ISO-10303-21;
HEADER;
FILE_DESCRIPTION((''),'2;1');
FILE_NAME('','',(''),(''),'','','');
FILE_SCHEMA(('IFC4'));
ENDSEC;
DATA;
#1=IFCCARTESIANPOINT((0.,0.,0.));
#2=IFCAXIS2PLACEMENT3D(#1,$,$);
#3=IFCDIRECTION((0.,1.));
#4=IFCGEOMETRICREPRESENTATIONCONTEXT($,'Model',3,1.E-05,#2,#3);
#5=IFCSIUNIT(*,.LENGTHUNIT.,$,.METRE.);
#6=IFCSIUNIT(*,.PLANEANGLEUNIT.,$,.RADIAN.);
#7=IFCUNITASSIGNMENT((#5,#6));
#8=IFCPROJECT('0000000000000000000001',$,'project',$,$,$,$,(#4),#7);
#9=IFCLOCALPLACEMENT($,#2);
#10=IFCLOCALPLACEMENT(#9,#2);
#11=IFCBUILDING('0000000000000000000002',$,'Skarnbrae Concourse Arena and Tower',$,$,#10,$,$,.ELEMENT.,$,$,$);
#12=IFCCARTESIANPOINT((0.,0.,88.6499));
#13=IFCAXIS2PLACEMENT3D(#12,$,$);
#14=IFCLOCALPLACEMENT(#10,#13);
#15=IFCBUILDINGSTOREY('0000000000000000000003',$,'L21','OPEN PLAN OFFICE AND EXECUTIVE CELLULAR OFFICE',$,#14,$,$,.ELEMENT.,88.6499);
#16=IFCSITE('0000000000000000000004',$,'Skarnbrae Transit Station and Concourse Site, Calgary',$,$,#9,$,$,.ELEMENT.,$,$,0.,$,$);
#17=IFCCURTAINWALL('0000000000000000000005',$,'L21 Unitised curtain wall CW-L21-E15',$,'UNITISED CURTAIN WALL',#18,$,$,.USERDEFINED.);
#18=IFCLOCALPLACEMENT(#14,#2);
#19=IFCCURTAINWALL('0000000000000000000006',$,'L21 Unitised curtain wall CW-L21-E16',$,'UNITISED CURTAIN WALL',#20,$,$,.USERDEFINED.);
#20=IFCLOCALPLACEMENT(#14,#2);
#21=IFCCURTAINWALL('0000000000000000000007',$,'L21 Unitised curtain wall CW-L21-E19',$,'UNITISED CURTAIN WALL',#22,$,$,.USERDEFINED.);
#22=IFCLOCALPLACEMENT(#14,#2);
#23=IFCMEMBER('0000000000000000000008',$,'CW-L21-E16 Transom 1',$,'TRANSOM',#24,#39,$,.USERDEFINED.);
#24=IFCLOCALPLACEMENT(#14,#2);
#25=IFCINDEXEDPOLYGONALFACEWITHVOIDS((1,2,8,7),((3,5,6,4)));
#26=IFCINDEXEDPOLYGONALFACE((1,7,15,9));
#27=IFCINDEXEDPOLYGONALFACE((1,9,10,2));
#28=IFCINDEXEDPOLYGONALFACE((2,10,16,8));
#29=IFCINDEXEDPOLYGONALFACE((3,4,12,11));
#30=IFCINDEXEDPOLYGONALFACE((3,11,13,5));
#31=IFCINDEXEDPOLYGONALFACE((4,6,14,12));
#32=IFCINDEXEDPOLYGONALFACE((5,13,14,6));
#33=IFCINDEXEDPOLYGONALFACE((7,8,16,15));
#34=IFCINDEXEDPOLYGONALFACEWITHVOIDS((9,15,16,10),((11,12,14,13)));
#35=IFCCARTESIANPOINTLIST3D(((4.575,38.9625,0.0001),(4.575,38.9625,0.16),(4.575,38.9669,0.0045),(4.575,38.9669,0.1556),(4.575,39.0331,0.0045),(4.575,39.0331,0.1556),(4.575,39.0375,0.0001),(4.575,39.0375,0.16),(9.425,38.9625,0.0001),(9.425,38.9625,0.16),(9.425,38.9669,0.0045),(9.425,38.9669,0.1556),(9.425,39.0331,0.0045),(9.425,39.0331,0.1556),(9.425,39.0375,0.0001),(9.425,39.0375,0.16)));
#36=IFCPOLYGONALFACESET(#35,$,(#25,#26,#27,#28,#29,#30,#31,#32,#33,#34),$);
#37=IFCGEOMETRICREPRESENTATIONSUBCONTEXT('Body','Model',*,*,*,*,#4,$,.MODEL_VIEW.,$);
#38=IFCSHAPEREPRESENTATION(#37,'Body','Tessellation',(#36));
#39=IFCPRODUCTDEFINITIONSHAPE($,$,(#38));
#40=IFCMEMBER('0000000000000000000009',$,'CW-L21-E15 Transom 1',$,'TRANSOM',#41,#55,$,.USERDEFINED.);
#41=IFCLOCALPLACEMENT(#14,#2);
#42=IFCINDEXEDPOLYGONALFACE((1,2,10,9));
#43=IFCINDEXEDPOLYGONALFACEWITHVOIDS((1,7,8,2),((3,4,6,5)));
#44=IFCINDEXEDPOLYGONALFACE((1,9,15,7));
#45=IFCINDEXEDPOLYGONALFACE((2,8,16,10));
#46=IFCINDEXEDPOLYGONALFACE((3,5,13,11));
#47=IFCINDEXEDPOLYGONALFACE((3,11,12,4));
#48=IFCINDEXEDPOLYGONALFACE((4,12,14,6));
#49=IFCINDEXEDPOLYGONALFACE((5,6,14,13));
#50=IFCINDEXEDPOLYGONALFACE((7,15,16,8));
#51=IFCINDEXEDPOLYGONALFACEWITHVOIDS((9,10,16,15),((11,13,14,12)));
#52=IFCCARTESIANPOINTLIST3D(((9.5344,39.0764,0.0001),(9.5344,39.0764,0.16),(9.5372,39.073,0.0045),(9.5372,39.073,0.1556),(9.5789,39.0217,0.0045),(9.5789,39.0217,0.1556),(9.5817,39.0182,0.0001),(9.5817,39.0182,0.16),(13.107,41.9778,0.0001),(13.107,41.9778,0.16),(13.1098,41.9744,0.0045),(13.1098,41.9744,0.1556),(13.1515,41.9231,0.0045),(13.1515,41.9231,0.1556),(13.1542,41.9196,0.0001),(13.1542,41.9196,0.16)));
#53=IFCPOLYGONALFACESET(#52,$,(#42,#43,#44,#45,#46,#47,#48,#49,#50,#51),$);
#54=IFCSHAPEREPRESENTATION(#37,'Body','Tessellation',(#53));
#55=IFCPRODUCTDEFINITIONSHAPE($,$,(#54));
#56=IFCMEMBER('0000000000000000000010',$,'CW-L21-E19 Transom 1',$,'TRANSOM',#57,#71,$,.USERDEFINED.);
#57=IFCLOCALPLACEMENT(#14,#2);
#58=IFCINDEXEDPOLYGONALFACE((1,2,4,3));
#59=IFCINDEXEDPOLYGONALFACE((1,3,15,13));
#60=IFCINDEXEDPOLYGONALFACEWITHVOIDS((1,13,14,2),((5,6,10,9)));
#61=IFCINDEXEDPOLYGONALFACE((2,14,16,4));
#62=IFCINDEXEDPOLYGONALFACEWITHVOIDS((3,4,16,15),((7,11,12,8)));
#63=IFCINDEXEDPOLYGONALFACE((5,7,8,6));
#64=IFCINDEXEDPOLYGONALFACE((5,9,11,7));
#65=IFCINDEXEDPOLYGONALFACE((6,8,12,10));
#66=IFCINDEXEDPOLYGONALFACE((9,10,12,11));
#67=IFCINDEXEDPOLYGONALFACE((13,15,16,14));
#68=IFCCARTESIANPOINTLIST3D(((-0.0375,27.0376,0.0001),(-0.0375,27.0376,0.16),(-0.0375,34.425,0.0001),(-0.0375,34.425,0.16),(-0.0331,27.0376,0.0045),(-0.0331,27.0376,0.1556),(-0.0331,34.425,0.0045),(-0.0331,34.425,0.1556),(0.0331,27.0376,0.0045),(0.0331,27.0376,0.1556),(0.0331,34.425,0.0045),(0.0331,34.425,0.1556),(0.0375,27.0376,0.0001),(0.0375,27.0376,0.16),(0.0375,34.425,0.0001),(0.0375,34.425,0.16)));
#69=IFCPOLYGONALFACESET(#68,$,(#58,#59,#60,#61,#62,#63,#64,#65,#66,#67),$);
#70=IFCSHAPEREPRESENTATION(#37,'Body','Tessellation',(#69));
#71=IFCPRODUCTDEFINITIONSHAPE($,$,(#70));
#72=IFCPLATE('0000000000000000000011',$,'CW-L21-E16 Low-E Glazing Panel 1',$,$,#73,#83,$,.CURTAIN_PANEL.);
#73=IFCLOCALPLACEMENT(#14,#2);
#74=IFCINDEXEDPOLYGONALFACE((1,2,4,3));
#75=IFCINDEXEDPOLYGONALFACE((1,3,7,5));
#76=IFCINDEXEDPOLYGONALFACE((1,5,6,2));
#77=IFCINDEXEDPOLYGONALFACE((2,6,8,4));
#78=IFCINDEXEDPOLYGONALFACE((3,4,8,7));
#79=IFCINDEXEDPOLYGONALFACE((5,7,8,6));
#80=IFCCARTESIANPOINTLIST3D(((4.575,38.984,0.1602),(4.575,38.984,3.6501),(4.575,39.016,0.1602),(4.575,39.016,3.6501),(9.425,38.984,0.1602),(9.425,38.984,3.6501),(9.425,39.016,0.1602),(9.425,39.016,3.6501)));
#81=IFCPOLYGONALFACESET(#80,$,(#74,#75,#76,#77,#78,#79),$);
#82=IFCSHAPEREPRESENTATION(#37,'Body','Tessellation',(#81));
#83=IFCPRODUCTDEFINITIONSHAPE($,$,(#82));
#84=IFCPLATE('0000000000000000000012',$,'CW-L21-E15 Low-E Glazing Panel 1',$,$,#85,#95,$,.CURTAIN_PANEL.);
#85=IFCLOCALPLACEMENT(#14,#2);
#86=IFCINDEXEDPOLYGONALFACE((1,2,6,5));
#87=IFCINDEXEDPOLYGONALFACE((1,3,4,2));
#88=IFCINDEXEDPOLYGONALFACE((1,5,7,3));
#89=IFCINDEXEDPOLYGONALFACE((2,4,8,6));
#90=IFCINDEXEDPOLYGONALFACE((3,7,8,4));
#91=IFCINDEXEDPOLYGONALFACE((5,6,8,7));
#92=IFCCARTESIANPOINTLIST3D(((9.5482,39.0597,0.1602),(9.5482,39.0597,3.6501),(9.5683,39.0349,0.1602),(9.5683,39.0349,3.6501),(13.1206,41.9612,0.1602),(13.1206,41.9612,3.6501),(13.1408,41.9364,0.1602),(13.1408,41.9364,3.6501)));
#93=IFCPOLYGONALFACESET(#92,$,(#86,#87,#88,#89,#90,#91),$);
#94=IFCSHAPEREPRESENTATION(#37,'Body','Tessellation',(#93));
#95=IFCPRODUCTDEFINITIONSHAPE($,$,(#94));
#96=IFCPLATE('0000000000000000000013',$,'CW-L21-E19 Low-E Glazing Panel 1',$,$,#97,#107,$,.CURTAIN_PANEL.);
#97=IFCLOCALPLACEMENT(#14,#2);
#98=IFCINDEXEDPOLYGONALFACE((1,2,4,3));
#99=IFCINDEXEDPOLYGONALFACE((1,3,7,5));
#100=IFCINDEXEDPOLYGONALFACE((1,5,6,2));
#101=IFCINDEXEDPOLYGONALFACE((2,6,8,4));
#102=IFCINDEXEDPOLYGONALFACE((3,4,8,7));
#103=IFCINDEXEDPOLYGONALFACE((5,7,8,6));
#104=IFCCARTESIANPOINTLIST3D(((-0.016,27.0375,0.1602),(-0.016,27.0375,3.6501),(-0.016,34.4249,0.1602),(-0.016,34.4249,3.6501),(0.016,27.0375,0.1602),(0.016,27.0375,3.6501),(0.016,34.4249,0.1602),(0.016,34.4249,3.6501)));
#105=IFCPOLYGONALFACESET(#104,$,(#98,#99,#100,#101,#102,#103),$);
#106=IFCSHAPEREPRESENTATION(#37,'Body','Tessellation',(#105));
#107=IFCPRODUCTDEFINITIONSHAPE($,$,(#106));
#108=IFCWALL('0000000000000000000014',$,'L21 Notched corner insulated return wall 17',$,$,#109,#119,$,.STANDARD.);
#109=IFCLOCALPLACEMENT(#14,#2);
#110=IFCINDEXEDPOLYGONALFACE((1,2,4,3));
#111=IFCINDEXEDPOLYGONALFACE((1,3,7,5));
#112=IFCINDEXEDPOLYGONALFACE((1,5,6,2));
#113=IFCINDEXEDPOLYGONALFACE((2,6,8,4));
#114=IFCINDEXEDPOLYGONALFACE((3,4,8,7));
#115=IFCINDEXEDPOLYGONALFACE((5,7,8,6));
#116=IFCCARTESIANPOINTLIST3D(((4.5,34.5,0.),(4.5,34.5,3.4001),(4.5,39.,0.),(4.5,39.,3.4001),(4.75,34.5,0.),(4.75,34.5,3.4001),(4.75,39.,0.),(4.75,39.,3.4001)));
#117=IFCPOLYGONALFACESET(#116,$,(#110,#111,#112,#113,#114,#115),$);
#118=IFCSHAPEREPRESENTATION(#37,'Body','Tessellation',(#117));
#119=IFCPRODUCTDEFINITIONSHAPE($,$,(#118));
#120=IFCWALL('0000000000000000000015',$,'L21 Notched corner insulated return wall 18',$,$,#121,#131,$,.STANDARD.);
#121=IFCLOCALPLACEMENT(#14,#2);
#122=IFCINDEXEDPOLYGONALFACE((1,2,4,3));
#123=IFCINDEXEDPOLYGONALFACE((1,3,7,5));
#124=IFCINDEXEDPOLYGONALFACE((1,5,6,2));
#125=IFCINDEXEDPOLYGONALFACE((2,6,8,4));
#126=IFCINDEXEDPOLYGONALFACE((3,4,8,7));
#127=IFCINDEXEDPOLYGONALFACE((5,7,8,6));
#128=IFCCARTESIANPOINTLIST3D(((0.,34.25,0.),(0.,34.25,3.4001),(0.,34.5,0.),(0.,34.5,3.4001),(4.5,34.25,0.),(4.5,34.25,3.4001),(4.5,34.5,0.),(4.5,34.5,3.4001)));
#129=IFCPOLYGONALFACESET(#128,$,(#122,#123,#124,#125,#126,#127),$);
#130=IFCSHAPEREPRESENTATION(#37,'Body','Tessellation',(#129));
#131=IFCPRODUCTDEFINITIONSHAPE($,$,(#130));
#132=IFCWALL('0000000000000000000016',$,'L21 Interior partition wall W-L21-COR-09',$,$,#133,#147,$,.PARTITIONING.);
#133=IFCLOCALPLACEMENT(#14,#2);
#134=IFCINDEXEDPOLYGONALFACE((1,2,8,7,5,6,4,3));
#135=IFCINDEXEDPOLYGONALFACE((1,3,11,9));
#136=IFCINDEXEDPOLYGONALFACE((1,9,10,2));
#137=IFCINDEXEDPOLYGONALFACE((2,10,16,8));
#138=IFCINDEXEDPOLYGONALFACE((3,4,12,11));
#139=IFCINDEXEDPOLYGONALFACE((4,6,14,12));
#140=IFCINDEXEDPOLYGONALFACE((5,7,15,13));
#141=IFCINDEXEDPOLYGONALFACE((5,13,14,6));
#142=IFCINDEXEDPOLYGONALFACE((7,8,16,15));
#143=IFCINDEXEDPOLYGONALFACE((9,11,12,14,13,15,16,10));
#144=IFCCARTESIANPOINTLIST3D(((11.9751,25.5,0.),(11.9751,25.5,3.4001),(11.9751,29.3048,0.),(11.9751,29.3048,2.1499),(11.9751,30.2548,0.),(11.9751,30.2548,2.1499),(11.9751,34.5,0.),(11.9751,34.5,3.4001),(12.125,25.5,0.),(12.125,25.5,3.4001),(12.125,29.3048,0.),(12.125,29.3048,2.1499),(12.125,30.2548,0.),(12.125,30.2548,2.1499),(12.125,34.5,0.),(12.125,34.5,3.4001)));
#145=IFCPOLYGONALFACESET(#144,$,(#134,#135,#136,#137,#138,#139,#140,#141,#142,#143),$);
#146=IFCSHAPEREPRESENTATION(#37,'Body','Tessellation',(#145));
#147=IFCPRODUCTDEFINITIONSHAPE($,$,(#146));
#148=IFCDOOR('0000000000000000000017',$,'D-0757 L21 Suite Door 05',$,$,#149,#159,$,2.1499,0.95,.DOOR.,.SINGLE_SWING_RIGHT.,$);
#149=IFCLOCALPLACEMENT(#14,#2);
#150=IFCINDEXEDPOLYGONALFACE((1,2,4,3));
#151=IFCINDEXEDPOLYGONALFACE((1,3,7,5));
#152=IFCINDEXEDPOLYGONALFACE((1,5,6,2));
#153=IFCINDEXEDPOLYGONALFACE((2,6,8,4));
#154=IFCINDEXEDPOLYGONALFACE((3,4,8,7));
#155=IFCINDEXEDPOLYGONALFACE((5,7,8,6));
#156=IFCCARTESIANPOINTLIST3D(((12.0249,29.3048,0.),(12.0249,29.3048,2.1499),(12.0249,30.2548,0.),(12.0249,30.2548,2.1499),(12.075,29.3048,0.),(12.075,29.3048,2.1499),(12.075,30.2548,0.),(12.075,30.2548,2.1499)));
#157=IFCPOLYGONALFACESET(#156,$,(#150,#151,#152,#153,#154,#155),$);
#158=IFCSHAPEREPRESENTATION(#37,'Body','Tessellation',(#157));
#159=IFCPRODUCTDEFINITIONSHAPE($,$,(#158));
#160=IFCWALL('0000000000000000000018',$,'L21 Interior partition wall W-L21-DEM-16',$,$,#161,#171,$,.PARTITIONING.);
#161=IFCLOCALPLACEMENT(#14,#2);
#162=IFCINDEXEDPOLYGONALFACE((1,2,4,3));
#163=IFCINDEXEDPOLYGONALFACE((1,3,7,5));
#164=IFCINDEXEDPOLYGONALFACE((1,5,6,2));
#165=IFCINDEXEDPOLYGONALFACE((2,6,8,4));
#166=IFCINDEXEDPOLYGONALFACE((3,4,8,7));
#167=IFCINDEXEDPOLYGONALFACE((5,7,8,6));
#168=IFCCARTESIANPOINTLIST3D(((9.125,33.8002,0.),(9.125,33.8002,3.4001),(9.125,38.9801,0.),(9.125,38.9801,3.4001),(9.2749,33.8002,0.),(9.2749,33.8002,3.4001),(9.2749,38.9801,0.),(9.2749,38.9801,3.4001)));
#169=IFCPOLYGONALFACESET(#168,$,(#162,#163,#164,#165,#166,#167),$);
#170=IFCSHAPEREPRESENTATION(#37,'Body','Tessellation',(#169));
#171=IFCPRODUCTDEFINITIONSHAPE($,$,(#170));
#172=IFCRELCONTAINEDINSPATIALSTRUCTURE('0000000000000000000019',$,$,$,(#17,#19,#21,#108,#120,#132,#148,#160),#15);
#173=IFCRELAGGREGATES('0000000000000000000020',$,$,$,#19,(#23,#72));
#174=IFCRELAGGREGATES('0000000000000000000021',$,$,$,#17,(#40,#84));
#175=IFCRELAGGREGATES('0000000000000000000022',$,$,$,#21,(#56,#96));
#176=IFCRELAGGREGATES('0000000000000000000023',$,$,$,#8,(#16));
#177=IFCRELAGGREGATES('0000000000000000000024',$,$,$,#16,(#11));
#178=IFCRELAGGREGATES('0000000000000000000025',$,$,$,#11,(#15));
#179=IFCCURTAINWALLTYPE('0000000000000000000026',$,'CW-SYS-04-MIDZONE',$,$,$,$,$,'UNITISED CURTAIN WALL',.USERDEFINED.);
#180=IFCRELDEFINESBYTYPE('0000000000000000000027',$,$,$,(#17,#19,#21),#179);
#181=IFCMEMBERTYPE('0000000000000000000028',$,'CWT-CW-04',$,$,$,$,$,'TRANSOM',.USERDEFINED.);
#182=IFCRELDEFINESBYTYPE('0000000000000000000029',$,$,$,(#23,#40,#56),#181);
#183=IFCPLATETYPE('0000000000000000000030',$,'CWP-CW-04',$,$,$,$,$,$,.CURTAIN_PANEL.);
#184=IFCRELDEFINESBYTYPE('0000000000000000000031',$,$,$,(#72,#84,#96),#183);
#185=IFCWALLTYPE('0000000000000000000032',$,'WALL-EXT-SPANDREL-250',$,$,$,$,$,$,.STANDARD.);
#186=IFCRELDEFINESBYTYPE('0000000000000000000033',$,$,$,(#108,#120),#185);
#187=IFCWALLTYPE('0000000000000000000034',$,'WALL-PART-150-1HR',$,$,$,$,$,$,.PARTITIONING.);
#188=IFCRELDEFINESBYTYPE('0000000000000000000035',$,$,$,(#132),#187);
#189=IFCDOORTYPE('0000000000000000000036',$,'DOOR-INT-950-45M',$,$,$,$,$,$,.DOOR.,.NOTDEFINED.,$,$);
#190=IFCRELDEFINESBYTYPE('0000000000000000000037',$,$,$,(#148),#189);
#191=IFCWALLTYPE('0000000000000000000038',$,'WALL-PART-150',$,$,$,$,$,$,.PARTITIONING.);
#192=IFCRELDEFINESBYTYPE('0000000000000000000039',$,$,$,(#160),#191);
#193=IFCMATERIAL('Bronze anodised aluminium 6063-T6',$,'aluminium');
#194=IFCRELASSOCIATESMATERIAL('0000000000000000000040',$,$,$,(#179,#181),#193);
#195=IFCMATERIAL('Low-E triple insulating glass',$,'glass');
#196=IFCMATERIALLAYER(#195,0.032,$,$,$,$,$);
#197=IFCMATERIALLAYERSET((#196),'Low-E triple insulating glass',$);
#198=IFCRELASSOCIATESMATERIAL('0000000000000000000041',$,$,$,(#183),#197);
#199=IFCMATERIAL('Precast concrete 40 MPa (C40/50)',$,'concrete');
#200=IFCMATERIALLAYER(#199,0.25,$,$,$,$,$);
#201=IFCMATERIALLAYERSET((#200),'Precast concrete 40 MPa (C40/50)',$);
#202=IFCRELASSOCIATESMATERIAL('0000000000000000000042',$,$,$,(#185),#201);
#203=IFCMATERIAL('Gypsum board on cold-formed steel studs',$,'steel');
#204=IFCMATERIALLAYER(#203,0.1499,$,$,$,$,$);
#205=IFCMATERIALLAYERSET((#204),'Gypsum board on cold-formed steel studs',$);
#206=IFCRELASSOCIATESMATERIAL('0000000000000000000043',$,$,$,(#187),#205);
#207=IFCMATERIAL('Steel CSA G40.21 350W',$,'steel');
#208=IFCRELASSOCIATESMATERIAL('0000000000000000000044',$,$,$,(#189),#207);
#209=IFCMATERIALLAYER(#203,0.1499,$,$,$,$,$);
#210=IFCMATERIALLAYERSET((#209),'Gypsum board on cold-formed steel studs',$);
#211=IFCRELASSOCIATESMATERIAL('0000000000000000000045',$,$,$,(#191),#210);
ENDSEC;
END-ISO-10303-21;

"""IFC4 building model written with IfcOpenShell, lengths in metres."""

from ifc_helpers import new_model, si_unit, direction, frame, frame_2d, origin, origin_2d, place, context, subcontext, project, spatial, rectangle, hollow_rectangle, extrude, source, transform, mapped, material, layer, layer_set, material_profile, profile_set, type_object, element, fill, aggregate, save


model = new_model("IFC4")

# Units and contexts
model_context = context("Model", 3, precision=1e-05, world=origin(), true_north=direction((0.0, 1.0)))
body_context = subcontext(model_context, "Body", "Model", "MODEL_VIEW")
ifc_project = project(units=[si_unit("LENGTHUNIT", "METRE"), si_unit("PLANEANGLEUNIT", "RADIAN")], contexts=[model_context])

# Site, building, storey
site_placement = place(None, origin())
site = spatial("IfcSite", under=ifc_project, at=site_placement, Name="Skarnbrae Transit Station and Concourse Site, Calgary", CompositionType="ELEMENT", RefElevation=0.0)
building_placement = place(site_placement, origin())
building = spatial("IfcBuilding", under=site, at=building_placement, Name="Skarnbrae Concourse Arena and Tower", CompositionType="ELEMENT")
storey_placement = place(building_placement, frame((0.0, 0.0, 88.6499)))
storey = spatial("IfcBuildingStorey", under=building, at=storey_placement, Name="L21", Description="OPEN PLAN OFFICE AND EXECUTIVE CELLULAR OFFICE", CompositionType="ELEMENT", Elevation=88.6499)

# Shared definitions
ifc_material_1 = material(Name="Steel CSA G40.21 350W", Category="steel")

# Shared definitions
ifc_material_2 = material(Name="Bronze anodised aluminium 6063-T6", Category="aluminium")
curtain_wall_type = type_object("IfcCurtainWallType", Name="CW-SYS-04-MIDZONE", ElementType="UNITISED CURTAIN WALL", PredefinedType="USERDEFINED", material=ifc_material_2)

# Curtain walls
curtain_wall_1_placement = place(storey_placement, origin())
curtain_wall_1 = element("IfcCurtainWall", 1, at=curtain_wall_1_placement, inside=storey, type_object=curtain_wall_type, Name="L21 Unitised curtain wall CW-L21-E15", ObjectType="UNITISED CURTAIN WALL", PredefinedType="USERDEFINED")
curtain_wall_2_placement = place(storey_placement, origin())
curtain_wall_2 = element("IfcCurtainWall", 2, at=curtain_wall_2_placement, inside=storey, type_object=curtain_wall_type, Name="L21 Unitised curtain wall CW-L21-E16", ObjectType="UNITISED CURTAIN WALL", PredefinedType="USERDEFINED")

# Curtain wall
curtain_wall_3_placement = place(storey_placement, origin())
curtain_wall_3 = element("IfcCurtainWall", 3, at=curtain_wall_3_placement, inside=storey, type_object=curtain_wall_type, Name="L21 Unitised curtain wall CW-L21-E19", ObjectType="UNITISED CURTAIN WALL", PredefinedType="USERDEFINED")

# Members
ifc_material_profile_1 = material_profile(ifc_material_2, hollow_rectangle(XDim=0.075, YDim=0.1599, WallThickness=0.0044, at=origin_2d()), Name="ALU-TRAN-75X160")
ifc_profile_set_1 = profile_set([ifc_material_profile_1], Name="Bronze anodised aluminium 6063-T6")
member_type_1 = type_object("IfcMemberType", Name="CWT-CW-04", ElementType="TRANSOM", PredefinedType="USERDEFINED", material=ifc_profile_set_1)
shared_shape_1 = source(origin(), body_context, "Body", "SweptSolid", [
    extrude(hollow_rectangle(XDim=0.075, YDim=0.1599, WallThickness=0.0044, at=origin_2d()), origin(), (0.0, 0.0, 1.0), 4.8501),
])
member_1_placement = place(storey_placement, frame((9.425, 39.0, 0.0801), z_axis=(-1.0, 0.0, 0.0), x_axis=(0.0, -1.0, 0.0)))
member_1 = element("IfcMember", 4, at=member_1_placement, type_object=member_type_1, Name="CW-L21-E16 Transom 1", ObjectType="TRANSOM", PredefinedType="USERDEFINED", context=body_context, shape_type="MappedRepresentation", body=[
    mapped(shared_shape_1, transform((0.0, 0.0, 0.0))),
])
shared_shape_2 = source(origin(), body_context, "Body", "SweptSolid", [
    extrude(hollow_rectangle(XDim=0.075, YDim=0.1599, WallThickness=0.0044, at=origin_2d()), origin(), (0.0, 0.0, 1.0), 4.6023),
])
member_2_placement = place(storey_placement, frame((13.1306, 41.9487, 0.0801), z_axis=(-0.776252, -0.630423, 0.0), x_axis=(0.630423, -0.776252, 0.0)))
member_2 = element("IfcMember", 5, at=member_2_placement, type_object=member_type_1, Name="CW-L21-E15 Transom 1", ObjectType="TRANSOM", PredefinedType="USERDEFINED", context=body_context, shape_type="MappedRepresentation", body=[
    mapped(shared_shape_2, transform((0.0, 0.0, 0.0))),
])
shared_shape_3 = source(origin(), body_context, "Body", "SweptSolid", [
    extrude(hollow_rectangle(XDim=0.075, YDim=0.1599, WallThickness=0.0044, at=origin_2d()), origin(), (0.0, 0.0, 1.0), 7.3875),
])
member_3_placement = place(storey_placement, frame((0.0, 34.425, 0.0801), z_axis=(0.0, -1.0, 0.0), x_axis=(1.0, 0.0, 0.0)))
member_3 = element("IfcMember", 6, at=member_3_placement, type_object=member_type_1, Name="CW-L21-E19 Transom 1", ObjectType="TRANSOM", PredefinedType="USERDEFINED", context=body_context, shape_type="MappedRepresentation", body=[
    mapped(shared_shape_3, transform((0.0, 0.0, 0.0))),
])

# Plates
ifc_material_3 = material(Name="Low-E triple insulating glass", Category="glass")
ifc_layer_1 = layer(ifc_material_3, 0.032)
ifc_layer_set_1 = layer_set([ifc_layer_1], Name="Low-E triple insulating glass")
plate_type = type_object("IfcPlateType", Name="CWP-CW-04", PredefinedType="CURTAIN_PANEL", material=ifc_layer_set_1)
shared_shape_4 = source(origin(), body_context, "Body", "SweptSolid", [
    extrude(rectangle(XDim=4.8501, YDim=0.032, at=origin_2d()), origin(), (0.0, 0.0, 1.0), 3.49),
])
plate_1_placement = place(storey_placement, frame((7.0, 39.0, 0.1602), z_axis=(0.0, 0.0, 1.0), x_axis=(-1.0, 0.0, 0.0)))
plate_1 = element("IfcPlate", 7, at=plate_1_placement, type_object=plate_type, Name="CW-L21-E16 Low-E Glazing Panel 1", PredefinedType="CURTAIN_PANEL", context=body_context, shape_type="MappedRepresentation", body=[
    mapped(shared_shape_4, transform((0.0, 0.0, 0.0))),
])
aggregate(curtain_wall_2, [member_1, plate_1])
shared_shape_5 = source(origin(), body_context, "Body", "SweptSolid", [
    extrude(rectangle(XDim=4.6023, YDim=0.032, at=origin_2d()), origin(), (0.0, 0.0, 1.0), 3.49),
])
plate_2_placement = place(storey_placement, frame((11.3445, 40.498, 0.1602), z_axis=(0.0, 0.0, 1.0), x_axis=(-0.776241, -0.630436, 0.0)))
plate_2 = element("IfcPlate", 8, at=plate_2_placement, type_object=plate_type, Name="CW-L21-E15 Low-E Glazing Panel 1", PredefinedType="CURTAIN_PANEL", context=body_context, shape_type="MappedRepresentation", body=[
    mapped(shared_shape_5, transform((0.0, 0.0, 0.0))),
])
aggregate(curtain_wall_1, [member_2, plate_2])
shared_shape_6 = source(origin(), body_context, "Body", "SweptSolid", [
    extrude(rectangle(XDim=7.3875, YDim=0.032, at=origin_2d()), origin(), (0.0, 0.0, 1.0), 3.49),
])
plate_3_placement = place(storey_placement, frame((0.0, 30.7312, 0.1602), z_axis=(0.0, 0.0, 1.0), x_axis=(0.0, -1.0, 0.0)))
plate_3 = element("IfcPlate", 9, at=plate_3_placement, type_object=plate_type, Name="CW-L21-E19 Low-E Glazing Panel 1", PredefinedType="CURTAIN_PANEL", context=body_context, shape_type="MappedRepresentation", body=[
    mapped(shared_shape_6, transform((0.0, 0.0, 0.0))),
])
aggregate(curtain_wall_3, [member_3, plate_3])

# Walls
ifc_material_4 = material(Name="Precast concrete 40 MPa (C40/50)", Category="concrete")
ifc_layer_2 = layer(ifc_material_4, 0.25)
ifc_layer_set_2 = layer_set([ifc_layer_2], Name="Precast concrete 40 MPa (C40/50)")
wall_type_1 = type_object("IfcWallType", Name="WALL-EXT-SPANDREL-250", PredefinedType="STANDARD", material=ifc_layer_set_2)
shared_shape_7 = source(origin(), body_context, "Body", "SweptSolid", [
    extrude(rectangle(XDim=4.5, YDim=0.25, at=frame_2d((2.25, 0.0))), origin(), (0.0, 0.0, 1.0), 3.4001),
])
for number, where, z_axis, x_axis, name in (
    (10, (4.625, 39.0, 0.0), (0.0, 0.0, 1.0), (0.0, -1.0, 0.0), "L21 Notched corner insulated return wall 17"),
    (11, (4.5, 34.375, 0.0), (0.0, 0.0, 1.0), (-1.0, 0.0, 0.0), "L21 Notched corner insulated return wall 18"),
):
    element("IfcWall", number, at=place(storey_placement, frame(where, z_axis=z_axis, x_axis=x_axis)), inside=storey, type_object=wall_type_1, Name=name, PredefinedType="STANDARD", context=body_context, shape_type="MappedRepresentation", body=[
        mapped(shared_shape_7, transform((0.0, 0.0, 0.0))),
    ])

# Wall, opening, door
ifc_material_5 = material(Name="Gypsum board on cold-formed steel studs", Category="steel")
ifc_layer_3 = layer(ifc_material_5, 0.1499)
ifc_layer_set_3 = layer_set([ifc_layer_3], Name="Gypsum board on cold-formed steel studs")
wall_type_2 = type_object("IfcWallType", Name="WALL-PART-150-1HR", PredefinedType="PARTITIONING", material=ifc_layer_set_3)
shared_shape_8 = source(origin(), body_context, "Body", "SweptSolid", [
    extrude(rectangle(XDim=9.0, YDim=0.1499, at=frame_2d((4.5, 0.0))), origin(), (0.0, 0.0, 1.0), 3.4001),
])
wall_1_placement = place(storey_placement, frame((12.05, 34.5, 0.0), z_axis=(0.0, 0.0, 1.0), x_axis=(0.0, -1.0, 0.0)))
wall_1 = element("IfcWall", 12, at=wall_1_placement, inside=storey, type_object=wall_type_2, Name="L21 Interior partition wall W-L21-COR-09", PredefinedType="PARTITIONING", context=body_context, shape_type="MappedRepresentation", body=[
    mapped(shared_shape_8, transform((0.0, 0.0, 0.0))),
])
opening_1_placement = place(wall_1_placement, frame((4.2451, 0.0, 0.0)))
opening_1 = element("IfcOpeningElement", 13, at=opening_1_placement, cuts=wall_1, PredefinedType="OPENING", context=body_context, shape_type="SweptSolid", body=[
    extrude(rectangle(XDim=0.95, YDim=2.1499, at=frame_2d((0.4751, 1.075))), frame((0.0, 0.085, 0.0), z_axis=(0.0, -1.0, 0.0), x_axis=(1.0, 0.0, 0.0)), (0.0, 0.0, 1.0), 0.1699),
])
door_type = type_object("IfcDoorType", Name="DOOR-INT-950-45M", OperationType="NOTDEFINED", PredefinedType="DOOR", material=ifc_material_1)
shared_shape_9 = source(origin(), body_context, "Body", "SweptSolid", [
    extrude(rectangle(XDim=0.95, YDim=2.1499, at=frame_2d((0.4751, 1.075))), frame((0.0, 0.0249, 0.0), z_axis=(0.0, -1.0, 0.0), x_axis=(1.0, 0.0, 0.0)), (0.0, 0.0, 1.0), 0.05),
])
door_1_placement = place(opening_1_placement, origin())
door_1 = element("IfcDoor", 14, at=door_1_placement, inside=storey, type_object=door_type, Name="D-0757 L21 Suite Door 05", OperationType="SINGLE_SWING_RIGHT", OverallHeight=2.1499, OverallWidth=0.95, PredefinedType="DOOR", context=body_context, shape_type="MappedRepresentation", body=[
    mapped(shared_shape_9, transform((0.0, 0.0, 0.0))),
])
fill(opening_1, door_1)

# Wall
ifc_layer_4 = layer(ifc_material_5, 0.1499)
ifc_layer_set_4 = layer_set([ifc_layer_4], Name="Gypsum board on cold-formed steel studs")
wall_type_3 = type_object("IfcWallType", Name="WALL-PART-150", PredefinedType="PARTITIONING", material=ifc_layer_set_4)
shared_shape_10 = source(origin(), body_context, "Body", "SweptSolid", [
    extrude(rectangle(XDim=5.1799, YDim=0.1499, at=frame_2d((2.5898, 0.0))), origin(), (0.0, 0.0, 1.0), 3.4001),
])
wall_2_placement = place(storey_placement, frame((9.2, 38.98, 0.0), z_axis=(0.0, 0.0, 1.0), x_axis=(0.0, -1.0, 0.0)))
element("IfcWall", 15, at=wall_2_placement, inside=storey, type_object=wall_type_3, Name="L21 Interior partition wall W-L21-DEM-16", PredefinedType="PARTITIONING", context=body_context, shape_type="MappedRepresentation", body=[
    mapped(shared_shape_10, transform((0.0, 0.0, 0.0))),
])

save(model, "model.ifc")
